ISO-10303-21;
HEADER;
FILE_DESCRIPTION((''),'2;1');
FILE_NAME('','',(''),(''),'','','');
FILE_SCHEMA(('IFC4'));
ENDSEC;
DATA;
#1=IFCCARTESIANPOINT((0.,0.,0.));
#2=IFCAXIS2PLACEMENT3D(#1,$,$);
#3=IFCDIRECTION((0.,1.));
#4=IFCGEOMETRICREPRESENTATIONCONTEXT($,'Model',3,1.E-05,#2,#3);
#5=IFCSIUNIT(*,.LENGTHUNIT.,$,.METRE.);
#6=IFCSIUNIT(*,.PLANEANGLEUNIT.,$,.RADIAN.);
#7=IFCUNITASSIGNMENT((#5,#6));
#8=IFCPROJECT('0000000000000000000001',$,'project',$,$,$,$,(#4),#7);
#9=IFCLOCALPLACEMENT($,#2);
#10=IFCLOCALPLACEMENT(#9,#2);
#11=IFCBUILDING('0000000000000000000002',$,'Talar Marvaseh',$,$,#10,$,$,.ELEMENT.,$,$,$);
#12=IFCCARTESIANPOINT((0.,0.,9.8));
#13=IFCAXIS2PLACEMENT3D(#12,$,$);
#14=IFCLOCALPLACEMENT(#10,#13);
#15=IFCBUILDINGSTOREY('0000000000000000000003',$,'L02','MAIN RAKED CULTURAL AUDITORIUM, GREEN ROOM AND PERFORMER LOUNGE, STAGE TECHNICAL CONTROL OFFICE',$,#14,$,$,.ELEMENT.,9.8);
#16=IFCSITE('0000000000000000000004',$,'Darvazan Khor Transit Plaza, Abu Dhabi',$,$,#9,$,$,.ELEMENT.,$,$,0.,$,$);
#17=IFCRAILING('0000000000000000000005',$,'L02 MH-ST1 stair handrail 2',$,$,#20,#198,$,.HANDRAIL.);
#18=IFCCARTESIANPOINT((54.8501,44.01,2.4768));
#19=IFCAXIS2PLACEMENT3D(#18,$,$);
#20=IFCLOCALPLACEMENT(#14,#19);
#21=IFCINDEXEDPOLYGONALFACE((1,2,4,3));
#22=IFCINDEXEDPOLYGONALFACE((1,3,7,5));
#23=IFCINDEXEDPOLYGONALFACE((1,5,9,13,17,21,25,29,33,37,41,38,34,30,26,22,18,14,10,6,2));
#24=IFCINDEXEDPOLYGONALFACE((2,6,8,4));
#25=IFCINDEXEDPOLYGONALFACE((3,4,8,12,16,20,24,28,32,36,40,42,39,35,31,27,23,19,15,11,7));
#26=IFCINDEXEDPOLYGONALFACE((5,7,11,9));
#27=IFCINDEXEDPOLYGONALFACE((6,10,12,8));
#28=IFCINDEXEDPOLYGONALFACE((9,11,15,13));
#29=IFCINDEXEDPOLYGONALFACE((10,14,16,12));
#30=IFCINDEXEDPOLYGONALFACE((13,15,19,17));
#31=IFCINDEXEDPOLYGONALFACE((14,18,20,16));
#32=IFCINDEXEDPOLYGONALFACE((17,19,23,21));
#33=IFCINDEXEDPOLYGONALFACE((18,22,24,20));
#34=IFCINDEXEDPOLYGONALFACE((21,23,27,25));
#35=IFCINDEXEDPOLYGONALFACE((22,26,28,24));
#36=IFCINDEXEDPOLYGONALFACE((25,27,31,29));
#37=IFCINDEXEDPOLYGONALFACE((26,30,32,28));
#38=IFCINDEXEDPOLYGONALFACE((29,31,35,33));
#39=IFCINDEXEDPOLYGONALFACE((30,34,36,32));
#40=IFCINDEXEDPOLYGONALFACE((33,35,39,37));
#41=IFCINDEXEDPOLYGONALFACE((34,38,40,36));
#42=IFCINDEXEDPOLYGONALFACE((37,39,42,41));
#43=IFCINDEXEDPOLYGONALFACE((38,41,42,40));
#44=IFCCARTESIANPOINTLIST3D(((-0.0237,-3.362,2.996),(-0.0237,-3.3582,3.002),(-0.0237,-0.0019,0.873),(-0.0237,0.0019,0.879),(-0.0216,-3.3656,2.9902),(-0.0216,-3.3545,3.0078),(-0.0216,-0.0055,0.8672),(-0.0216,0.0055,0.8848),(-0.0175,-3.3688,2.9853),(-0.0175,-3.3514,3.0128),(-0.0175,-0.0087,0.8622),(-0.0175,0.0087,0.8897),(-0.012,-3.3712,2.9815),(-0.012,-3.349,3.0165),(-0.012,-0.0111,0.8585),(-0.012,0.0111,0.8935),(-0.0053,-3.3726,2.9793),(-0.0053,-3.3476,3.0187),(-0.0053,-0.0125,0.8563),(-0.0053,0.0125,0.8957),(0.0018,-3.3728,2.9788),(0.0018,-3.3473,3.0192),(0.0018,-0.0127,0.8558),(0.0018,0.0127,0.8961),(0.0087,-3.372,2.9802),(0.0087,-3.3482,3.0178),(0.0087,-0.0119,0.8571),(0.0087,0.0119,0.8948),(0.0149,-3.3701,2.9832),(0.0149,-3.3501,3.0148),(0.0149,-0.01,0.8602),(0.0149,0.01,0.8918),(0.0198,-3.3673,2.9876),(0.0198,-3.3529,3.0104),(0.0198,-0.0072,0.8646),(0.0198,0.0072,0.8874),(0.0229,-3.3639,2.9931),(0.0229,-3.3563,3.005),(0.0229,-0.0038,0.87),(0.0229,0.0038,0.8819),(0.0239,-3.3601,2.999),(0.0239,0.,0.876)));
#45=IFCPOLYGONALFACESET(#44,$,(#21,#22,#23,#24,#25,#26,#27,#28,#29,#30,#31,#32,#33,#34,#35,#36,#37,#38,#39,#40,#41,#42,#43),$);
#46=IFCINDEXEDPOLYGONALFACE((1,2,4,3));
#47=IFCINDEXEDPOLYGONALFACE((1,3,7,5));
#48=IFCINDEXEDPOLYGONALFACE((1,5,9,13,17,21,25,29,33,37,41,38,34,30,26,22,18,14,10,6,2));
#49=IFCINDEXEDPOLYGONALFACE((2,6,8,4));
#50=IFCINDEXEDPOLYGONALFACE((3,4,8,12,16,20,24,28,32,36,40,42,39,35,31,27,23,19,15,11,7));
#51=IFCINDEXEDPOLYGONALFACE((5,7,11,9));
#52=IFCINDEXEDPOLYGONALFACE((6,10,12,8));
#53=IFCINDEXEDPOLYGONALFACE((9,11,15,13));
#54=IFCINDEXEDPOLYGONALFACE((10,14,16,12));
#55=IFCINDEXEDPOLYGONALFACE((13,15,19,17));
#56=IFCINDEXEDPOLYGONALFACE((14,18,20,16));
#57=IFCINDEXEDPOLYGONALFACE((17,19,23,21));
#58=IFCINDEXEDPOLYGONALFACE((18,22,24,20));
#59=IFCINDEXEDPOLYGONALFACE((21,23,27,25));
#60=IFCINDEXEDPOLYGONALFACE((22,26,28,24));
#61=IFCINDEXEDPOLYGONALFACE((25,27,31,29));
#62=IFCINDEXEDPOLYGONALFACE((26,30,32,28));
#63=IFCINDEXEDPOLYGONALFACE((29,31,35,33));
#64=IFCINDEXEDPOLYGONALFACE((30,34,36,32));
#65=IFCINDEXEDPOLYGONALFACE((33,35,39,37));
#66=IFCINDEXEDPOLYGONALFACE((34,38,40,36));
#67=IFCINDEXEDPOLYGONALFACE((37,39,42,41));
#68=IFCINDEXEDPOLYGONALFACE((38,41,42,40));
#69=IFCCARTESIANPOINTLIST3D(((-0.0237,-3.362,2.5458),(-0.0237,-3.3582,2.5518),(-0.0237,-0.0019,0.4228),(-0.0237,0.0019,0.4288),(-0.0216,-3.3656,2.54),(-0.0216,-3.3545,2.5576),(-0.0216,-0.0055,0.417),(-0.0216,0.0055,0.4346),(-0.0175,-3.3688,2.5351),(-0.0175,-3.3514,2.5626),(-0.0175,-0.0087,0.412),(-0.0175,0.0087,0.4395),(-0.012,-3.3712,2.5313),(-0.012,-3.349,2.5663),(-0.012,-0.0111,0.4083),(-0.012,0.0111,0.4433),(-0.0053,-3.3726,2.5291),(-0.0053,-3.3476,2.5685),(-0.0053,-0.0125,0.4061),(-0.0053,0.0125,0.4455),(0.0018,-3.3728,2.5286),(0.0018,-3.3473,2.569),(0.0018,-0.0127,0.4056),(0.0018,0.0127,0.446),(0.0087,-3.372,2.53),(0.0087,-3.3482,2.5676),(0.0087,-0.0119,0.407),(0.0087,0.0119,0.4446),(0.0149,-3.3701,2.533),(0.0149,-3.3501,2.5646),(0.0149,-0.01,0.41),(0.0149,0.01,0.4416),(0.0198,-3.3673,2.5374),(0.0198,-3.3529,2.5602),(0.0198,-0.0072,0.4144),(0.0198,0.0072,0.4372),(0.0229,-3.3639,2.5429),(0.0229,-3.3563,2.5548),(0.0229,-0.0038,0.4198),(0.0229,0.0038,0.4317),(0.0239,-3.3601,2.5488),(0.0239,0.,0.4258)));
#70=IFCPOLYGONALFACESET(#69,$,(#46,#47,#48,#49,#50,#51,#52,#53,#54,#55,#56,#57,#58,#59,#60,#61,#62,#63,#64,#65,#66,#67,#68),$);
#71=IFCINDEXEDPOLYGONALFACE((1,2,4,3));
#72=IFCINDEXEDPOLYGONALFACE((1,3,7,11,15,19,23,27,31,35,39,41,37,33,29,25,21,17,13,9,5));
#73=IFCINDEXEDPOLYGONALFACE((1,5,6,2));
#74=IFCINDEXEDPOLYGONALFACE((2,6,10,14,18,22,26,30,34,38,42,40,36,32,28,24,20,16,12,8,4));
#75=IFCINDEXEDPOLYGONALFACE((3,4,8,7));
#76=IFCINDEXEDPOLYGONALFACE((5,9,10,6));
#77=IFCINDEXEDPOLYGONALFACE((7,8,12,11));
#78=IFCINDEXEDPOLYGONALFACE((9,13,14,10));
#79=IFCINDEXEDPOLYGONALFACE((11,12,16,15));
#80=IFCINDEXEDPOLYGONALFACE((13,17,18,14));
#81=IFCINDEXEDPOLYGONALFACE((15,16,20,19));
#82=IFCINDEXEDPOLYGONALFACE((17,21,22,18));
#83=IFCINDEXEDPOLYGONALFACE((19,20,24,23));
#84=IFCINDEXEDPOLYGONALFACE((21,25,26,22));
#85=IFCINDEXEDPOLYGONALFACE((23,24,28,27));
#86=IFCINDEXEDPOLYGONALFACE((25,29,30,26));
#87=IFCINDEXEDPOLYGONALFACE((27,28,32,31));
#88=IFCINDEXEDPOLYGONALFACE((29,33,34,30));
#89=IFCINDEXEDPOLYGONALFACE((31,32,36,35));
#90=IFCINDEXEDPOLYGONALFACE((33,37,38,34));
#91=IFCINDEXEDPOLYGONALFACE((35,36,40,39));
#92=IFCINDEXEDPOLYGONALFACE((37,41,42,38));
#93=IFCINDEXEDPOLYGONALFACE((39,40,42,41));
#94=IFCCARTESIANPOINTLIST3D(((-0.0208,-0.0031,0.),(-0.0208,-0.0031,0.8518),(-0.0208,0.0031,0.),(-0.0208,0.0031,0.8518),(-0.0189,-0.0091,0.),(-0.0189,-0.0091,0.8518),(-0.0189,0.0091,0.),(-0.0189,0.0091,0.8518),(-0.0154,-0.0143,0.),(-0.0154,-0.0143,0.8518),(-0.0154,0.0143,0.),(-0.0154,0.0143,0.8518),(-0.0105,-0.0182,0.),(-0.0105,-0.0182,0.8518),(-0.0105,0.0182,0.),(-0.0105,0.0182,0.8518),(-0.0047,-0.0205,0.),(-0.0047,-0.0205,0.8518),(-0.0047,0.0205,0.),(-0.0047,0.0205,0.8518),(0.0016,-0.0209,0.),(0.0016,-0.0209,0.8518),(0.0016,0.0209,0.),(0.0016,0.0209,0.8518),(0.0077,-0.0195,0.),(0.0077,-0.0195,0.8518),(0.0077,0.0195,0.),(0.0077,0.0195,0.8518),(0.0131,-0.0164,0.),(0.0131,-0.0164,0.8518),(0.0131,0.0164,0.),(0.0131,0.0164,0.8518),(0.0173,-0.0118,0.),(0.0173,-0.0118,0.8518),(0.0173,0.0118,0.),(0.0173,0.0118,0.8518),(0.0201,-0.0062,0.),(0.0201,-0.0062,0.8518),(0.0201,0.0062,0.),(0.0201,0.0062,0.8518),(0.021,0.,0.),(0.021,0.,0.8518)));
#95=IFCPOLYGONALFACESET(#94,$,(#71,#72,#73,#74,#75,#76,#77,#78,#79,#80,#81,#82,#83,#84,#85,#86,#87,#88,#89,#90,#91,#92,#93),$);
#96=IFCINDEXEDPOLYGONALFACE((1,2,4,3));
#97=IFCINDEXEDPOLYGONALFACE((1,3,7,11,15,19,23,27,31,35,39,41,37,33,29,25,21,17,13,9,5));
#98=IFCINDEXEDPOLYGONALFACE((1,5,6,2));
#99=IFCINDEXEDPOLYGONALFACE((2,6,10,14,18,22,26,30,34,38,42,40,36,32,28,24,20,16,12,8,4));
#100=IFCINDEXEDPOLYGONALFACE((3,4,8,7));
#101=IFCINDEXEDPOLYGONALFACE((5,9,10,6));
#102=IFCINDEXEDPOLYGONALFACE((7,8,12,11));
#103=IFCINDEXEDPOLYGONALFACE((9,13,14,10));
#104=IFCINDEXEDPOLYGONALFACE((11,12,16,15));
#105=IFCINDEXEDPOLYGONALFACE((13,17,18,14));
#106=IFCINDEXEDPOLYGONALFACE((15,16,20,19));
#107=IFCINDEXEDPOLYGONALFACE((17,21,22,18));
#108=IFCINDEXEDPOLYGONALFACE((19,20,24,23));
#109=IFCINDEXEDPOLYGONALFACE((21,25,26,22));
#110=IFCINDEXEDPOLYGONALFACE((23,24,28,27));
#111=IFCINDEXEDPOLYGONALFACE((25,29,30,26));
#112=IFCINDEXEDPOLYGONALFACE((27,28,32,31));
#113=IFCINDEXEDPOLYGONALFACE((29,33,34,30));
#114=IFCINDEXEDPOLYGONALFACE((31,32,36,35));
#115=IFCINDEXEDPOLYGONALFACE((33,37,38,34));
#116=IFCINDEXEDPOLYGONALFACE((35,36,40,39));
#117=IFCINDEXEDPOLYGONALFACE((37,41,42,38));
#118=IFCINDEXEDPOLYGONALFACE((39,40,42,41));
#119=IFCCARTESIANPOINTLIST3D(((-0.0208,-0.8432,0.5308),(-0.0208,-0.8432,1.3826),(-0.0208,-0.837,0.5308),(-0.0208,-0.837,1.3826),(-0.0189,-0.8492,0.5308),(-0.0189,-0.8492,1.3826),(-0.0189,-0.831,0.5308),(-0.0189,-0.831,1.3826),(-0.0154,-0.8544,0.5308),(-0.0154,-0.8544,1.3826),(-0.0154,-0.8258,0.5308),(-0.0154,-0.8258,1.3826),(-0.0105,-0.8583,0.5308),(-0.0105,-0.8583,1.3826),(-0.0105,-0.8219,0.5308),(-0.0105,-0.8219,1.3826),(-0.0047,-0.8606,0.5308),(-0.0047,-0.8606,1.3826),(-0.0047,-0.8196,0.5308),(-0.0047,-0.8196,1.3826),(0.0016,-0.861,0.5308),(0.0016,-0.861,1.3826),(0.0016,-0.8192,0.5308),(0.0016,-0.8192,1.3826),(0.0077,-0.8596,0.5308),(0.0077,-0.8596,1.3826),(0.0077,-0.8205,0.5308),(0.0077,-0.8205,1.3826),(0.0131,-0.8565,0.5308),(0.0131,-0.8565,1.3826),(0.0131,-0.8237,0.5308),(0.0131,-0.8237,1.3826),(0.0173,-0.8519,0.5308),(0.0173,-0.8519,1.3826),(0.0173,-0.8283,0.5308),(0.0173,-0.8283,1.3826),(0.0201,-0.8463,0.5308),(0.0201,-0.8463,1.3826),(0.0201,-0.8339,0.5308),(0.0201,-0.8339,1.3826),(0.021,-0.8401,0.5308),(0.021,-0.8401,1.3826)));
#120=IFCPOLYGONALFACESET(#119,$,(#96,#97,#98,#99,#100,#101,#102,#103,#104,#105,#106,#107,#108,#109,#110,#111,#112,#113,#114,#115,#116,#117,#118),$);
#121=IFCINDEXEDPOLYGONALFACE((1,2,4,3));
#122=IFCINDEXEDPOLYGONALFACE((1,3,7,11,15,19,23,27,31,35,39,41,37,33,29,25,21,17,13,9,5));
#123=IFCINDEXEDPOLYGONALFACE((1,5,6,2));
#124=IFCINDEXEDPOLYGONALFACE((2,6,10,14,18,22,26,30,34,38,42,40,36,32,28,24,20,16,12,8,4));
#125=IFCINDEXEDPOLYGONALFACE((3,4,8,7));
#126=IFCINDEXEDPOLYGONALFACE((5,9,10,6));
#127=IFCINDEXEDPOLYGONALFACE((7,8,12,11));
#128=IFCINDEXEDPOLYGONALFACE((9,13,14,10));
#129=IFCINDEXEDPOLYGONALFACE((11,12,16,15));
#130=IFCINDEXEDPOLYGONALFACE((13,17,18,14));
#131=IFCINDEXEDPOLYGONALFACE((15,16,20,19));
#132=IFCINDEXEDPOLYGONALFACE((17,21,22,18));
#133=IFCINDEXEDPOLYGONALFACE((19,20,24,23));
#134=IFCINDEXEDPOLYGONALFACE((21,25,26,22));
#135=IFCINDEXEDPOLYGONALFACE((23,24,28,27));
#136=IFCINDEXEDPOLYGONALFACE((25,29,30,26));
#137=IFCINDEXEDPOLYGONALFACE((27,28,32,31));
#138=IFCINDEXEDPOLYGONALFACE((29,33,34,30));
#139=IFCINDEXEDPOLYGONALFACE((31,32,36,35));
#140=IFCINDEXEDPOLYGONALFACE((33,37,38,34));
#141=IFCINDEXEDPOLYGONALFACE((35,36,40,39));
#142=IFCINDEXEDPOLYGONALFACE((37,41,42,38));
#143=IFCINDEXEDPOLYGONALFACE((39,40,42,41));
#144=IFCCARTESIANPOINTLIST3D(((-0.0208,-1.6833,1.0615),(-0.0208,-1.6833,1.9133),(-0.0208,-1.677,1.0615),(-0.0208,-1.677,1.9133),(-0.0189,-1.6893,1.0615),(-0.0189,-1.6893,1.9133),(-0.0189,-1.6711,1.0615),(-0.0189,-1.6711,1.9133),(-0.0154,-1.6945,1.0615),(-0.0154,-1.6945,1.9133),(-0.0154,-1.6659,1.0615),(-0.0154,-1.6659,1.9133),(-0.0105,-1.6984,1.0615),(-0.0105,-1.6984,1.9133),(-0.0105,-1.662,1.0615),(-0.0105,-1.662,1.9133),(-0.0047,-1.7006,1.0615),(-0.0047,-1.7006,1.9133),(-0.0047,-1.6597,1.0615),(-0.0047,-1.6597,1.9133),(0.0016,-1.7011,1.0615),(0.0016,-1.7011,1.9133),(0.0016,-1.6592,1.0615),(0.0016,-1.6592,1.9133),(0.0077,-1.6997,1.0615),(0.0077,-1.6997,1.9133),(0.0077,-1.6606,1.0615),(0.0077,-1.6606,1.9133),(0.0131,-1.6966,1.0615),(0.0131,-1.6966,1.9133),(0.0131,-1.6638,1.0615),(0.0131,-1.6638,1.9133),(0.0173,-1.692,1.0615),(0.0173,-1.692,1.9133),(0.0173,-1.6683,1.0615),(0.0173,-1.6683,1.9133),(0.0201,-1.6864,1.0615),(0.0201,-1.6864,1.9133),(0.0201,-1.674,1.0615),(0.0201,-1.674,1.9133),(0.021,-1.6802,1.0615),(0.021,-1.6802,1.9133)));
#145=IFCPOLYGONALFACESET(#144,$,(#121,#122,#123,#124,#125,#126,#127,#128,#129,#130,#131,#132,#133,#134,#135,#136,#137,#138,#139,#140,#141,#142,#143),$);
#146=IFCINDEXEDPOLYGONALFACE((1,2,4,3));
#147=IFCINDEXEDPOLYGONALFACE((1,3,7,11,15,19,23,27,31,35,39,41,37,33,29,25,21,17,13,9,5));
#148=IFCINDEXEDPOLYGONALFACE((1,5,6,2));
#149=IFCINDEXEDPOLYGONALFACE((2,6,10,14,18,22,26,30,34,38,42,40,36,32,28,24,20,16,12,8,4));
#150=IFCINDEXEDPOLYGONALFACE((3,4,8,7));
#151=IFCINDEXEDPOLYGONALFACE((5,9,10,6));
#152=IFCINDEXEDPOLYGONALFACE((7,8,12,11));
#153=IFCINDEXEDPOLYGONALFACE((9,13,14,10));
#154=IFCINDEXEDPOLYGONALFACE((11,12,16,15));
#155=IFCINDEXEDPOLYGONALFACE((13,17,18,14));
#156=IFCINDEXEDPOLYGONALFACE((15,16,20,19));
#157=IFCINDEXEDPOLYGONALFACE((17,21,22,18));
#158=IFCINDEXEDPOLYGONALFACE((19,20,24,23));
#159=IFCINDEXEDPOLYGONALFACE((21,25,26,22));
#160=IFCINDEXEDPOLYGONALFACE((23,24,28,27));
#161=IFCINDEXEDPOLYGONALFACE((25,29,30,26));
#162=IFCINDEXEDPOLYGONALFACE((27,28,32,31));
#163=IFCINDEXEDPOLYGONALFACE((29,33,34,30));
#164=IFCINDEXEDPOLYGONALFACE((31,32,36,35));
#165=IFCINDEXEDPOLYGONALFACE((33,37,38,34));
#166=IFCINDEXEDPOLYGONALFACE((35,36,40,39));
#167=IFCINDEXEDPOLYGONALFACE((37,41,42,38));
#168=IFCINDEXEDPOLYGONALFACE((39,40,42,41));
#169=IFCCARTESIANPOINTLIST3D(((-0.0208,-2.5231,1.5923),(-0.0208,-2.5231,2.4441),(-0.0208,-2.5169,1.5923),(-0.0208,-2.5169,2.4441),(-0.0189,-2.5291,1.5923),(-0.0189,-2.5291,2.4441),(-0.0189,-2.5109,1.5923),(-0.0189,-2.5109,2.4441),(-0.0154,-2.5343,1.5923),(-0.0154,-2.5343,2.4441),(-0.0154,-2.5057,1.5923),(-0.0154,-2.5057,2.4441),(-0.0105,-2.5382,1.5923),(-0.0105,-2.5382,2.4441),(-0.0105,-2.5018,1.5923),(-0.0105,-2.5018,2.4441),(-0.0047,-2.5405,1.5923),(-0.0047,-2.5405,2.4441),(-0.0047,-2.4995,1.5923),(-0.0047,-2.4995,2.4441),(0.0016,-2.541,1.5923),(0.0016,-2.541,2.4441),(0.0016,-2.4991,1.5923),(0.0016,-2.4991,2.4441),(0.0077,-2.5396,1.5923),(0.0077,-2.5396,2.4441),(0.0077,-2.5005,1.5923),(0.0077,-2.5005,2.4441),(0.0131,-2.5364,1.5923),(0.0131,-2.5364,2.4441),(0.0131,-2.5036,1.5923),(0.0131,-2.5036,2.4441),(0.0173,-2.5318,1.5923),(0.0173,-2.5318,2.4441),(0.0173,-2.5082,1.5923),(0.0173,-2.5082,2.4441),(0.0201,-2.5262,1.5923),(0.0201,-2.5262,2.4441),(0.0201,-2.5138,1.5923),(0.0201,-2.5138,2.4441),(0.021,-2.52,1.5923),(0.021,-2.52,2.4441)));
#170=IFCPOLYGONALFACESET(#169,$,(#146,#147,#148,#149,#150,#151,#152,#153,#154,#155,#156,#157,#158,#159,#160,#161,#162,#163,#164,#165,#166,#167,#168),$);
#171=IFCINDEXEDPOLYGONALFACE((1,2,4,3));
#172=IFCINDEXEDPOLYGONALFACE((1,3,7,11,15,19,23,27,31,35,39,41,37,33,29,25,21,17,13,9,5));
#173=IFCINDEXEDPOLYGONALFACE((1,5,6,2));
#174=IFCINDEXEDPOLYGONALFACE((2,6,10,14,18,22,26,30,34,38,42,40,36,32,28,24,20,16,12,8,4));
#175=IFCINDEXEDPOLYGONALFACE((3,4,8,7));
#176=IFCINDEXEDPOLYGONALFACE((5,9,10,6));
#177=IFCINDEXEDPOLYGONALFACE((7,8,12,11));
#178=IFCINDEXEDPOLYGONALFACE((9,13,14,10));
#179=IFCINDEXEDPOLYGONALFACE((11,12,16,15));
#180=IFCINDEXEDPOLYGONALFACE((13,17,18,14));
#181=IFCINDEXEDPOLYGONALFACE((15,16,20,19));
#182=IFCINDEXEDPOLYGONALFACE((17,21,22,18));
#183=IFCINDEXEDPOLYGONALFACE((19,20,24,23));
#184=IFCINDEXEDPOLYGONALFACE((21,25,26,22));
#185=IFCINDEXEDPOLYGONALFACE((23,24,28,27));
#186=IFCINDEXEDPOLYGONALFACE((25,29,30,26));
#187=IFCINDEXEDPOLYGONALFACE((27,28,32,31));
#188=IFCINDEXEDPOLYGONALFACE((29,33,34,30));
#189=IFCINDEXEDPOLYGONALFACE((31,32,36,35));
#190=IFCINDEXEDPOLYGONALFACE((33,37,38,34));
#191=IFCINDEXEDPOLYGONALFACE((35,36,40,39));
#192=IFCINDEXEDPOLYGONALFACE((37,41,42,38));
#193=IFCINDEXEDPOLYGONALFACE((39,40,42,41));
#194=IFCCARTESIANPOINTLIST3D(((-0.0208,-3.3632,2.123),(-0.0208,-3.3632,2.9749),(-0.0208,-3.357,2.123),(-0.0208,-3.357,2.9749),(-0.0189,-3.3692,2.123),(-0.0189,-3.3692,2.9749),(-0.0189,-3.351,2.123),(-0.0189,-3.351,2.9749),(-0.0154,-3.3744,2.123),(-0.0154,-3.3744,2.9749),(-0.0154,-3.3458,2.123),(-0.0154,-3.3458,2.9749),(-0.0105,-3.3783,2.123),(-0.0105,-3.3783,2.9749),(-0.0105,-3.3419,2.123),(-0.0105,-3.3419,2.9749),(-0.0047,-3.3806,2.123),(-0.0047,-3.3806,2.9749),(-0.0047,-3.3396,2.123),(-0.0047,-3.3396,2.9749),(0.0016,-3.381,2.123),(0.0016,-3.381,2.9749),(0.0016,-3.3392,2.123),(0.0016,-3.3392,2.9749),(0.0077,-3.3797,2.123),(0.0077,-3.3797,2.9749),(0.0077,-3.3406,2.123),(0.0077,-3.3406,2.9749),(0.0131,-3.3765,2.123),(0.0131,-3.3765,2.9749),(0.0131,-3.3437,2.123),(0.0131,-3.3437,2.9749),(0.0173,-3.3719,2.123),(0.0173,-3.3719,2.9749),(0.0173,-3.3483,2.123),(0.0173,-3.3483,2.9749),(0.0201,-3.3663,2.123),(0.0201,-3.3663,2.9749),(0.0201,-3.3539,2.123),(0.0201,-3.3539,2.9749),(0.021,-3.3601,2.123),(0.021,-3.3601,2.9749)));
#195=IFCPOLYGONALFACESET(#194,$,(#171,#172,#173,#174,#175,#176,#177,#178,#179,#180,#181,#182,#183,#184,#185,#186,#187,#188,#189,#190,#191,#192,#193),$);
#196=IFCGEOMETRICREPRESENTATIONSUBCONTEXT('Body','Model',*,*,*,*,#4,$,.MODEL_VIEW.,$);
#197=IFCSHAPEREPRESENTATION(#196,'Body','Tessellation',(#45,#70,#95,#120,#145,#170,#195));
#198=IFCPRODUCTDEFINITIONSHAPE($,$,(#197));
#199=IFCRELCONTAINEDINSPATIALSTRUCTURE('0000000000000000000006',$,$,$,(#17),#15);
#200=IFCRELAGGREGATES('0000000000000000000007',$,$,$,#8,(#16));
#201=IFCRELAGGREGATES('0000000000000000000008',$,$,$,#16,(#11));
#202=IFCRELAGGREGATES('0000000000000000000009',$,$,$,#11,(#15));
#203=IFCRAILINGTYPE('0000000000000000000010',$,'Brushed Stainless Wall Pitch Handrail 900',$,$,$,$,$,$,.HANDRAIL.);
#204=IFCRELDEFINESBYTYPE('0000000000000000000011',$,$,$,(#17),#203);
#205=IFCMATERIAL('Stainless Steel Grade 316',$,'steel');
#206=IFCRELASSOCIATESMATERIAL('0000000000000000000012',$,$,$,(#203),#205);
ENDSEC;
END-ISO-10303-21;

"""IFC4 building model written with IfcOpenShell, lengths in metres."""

from ifc_helpers import new_model, si_unit, direction, frame, origin, origin_2d, place, context, subcontext, project, spatial, circle, extrude, material, type_object, element, save


model = new_model("IFC4")

# Units and contexts
model_context = context("Model", 3, precision=1e-05, world=origin(), true_north=direction((0.0, 1.0)))
body_context = subcontext(model_context, "Body", "Model", "MODEL_VIEW")
ifc_project = project(units=[si_unit("LENGTHUNIT", "METRE"), si_unit("PLANEANGLEUNIT", "RADIAN")], contexts=[model_context])

# Site, building, storey
site_placement = place(None, origin())
site = spatial("IfcSite", under=ifc_project, at=site_placement, Name="Darvazan Khor Transit Plaza, Abu Dhabi", CompositionType="ELEMENT", RefElevation=0.0)
building_placement = place(site_placement, origin())
building = spatial("IfcBuilding", under=site, at=building_placement, Name="Talar Marvaseh", CompositionType="ELEMENT")
storey_placement = place(building_placement, frame((0.0, 0.0, 9.8)))
storey = spatial("IfcBuildingStorey", under=building, at=storey_placement, Name="L02", Description="MAIN RAKED CULTURAL AUDITORIUM, GREEN ROOM AND PERFORMER LOUNGE, STAGE TECHNICAL CONTROL OFFICE", CompositionType="ELEMENT", Elevation=9.8)

# Railing
ifc_material_1 = material(Name="Stainless Steel Grade 316", Category="steel")
railing_type_1 = type_object("IfcRailingType", Name="Brushed Stainless Wall Pitch Handrail 900", PredefinedType="HANDRAIL", material=ifc_material_1)
railing_1_placement = place(storey_placement, frame((54.8501, 44.01, 2.4768)))
element("IfcRailing", 1, at=railing_1_placement, inside=storey, type_object=railing_type_1, Name="L02 MH-ST1 stair handrail 2", PredefinedType="HANDRAIL", context=body_context, shape_type="SweptSolid", body=[
    extrude(circle(Radius=0.0239, at=origin_2d()), frame((0.0, 0.0, 0.876), z_axis=(0.0, -0.84539, 0.53415), x_axis=(1.0, 0.0, 0.0)), (0.0, 0.0, 1.0), 3.9746),
    extrude(circle(Radius=0.0239, at=origin_2d()), frame((0.0, 0.0, 0.4258), z_axis=(0.0, -0.84539, 0.53415), x_axis=(1.0, 0.0, 0.0)), (0.0, 0.0, 1.0), 3.9746),
    extrude(circle(Radius=0.021, at=origin_2d()), origin(), (0.0, 0.0, 1.0), 0.8518),
    extrude(circle(Radius=0.021, at=origin_2d()), frame((0.0, -0.8401, 0.5308)), (0.0, 0.0, 1.0), 0.8518),
    extrude(circle(Radius=0.021, at=origin_2d()), frame((0.0, -1.6802, 1.0615)), (0.0, 0.0, 1.0), 0.8518),
    extrude(circle(Radius=0.021, at=origin_2d()), frame((0.0, -2.52, 1.5923)), (0.0, 0.0, 1.0), 0.8518),
    extrude(circle(Radius=0.021, at=origin_2d()), frame((0.0, -3.3601, 2.123)), (0.0, 0.0, 1.0), 0.8518),
])

save(model, "model.ifc")
